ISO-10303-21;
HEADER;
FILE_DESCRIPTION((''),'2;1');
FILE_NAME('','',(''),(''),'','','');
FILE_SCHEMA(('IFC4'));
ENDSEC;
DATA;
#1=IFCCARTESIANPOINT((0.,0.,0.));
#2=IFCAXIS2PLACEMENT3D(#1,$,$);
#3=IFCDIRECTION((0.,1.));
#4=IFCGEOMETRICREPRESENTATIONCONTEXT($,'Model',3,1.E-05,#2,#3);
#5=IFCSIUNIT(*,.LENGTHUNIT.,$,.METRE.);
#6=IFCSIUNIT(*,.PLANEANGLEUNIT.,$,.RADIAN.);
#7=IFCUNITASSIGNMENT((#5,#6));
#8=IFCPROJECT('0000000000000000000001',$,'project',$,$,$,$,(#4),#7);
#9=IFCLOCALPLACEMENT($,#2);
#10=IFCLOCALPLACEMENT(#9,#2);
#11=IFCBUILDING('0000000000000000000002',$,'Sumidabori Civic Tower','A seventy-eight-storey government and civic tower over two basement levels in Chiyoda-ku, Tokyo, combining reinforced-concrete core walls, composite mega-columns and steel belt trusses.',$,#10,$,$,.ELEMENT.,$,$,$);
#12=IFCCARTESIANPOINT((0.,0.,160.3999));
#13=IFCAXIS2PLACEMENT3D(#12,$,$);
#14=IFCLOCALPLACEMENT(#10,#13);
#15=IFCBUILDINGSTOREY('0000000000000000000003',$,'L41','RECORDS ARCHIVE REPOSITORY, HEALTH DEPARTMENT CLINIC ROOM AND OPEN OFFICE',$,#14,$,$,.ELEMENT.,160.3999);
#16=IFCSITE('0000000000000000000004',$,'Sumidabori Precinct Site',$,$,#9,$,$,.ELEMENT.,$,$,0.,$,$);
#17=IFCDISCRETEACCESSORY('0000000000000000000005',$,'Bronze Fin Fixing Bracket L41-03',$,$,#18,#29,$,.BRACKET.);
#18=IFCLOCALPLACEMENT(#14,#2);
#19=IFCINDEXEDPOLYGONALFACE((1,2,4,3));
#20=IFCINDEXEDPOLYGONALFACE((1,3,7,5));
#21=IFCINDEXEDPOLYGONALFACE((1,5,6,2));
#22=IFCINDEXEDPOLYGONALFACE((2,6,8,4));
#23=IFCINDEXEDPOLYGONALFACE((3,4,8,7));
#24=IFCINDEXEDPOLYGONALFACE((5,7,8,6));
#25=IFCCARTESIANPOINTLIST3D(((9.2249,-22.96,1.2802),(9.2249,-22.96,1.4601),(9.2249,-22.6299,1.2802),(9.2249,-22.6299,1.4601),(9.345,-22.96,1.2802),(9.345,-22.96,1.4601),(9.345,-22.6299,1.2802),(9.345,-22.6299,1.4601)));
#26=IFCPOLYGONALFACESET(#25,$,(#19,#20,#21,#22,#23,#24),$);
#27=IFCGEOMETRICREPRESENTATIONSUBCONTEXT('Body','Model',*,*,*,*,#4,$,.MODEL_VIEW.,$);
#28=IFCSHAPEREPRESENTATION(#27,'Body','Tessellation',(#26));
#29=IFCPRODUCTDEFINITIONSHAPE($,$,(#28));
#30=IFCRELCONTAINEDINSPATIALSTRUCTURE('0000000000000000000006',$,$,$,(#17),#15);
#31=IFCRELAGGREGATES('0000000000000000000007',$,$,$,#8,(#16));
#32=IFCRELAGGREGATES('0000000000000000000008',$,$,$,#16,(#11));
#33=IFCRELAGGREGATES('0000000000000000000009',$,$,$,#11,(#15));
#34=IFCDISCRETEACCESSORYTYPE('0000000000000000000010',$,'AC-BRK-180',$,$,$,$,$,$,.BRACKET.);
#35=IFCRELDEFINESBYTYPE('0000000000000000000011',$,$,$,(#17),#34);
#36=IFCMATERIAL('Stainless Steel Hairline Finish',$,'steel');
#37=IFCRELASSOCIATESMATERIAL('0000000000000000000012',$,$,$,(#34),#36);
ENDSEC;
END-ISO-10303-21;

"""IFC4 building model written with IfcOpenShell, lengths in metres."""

from ifc_helpers import new_model, si_unit, direction, frame, origin, origin_2d, place, context, subcontext, project, spatial, rectangle, extrude, source, transform, mapped, material, material_profile, profile_set, type_object, element, save


model = new_model("IFC4")

# Units and contexts
model_context = context("Model", 3, precision=1e-05, world=origin(), true_north=direction((0.0, 1.0)))
body_context = subcontext(model_context, "Body", "Model", "MODEL_VIEW")
ifc_project = project(units=[si_unit("LENGTHUNIT", "METRE"), si_unit("PLANEANGLEUNIT", "RADIAN")], contexts=[model_context])

# Site, building, storey
site_placement = place(None, origin())
site = spatial("IfcSite", under=ifc_project, at=site_placement, Name="Sumidabori Precinct Site", CompositionType="ELEMENT", RefElevation=0.0)
building_placement = place(site_placement, origin())
building = spatial("IfcBuilding", under=site, at=building_placement, Name="Sumidabori Civic Tower", Description="A seventy-eight-storey government and civic tower over two basement levels in Chiyoda-ku, Tokyo, combining reinforced-concrete core walls, composite mega-columns and steel belt trusses.", CompositionType="ELEMENT")
storey_placement = place(building_placement, frame((0.0, 0.0, 160.3999)))
storey = spatial("IfcBuildingStorey", under=building, at=storey_placement, Name="L41", Description="RECORDS ARCHIVE REPOSITORY, HEALTH DEPARTMENT CLINIC ROOM AND OPEN OFFICE", CompositionType="ELEMENT", Elevation=160.3999)

# Discrete accessory
ifc_material_1 = material(Name="Stainless Steel Hairline Finish", Category="steel")
ifc_material_profile_1 = material_profile(ifc_material_1, rectangle(XDim=0.1201, YDim=0.1799, at=origin_2d()), Name="STEEL BRACKET 180x120")
ifc_profile_set_1 = profile_set([ifc_material_profile_1], Name="Stainless Steel Hairline Finish")
discrete_accessory_type = type_object("IfcDiscreteAccessoryType", Name="AC-BRK-180", PredefinedType="BRACKET", material=ifc_profile_set_1)
shared_shape_1 = source(origin(), body_context, "Body", "SweptSolid", [
    extrude(rectangle(XDim=0.1201, YDim=0.1799, at=origin_2d()), origin(), (0.0, 0.0, 1.0), 0.3301),
])
discrete_accessory_placement = place(storey_placement, frame((9.2849, -22.6299, 1.3701), z_axis=(0.0, -1.0, 0.0), x_axis=(1.0, 0.0, 0.0)))
element("IfcDiscreteAccessory", 1, at=discrete_accessory_placement, inside=storey, type_object=discrete_accessory_type, Name="Bronze Fin Fixing Bracket L41-03", PredefinedType="BRACKET", context=body_context, shape_type="MappedRepresentation", body=[
    mapped(shared_shape_1, transform((0.0, 0.0, 0.0), x_axis=(1.0, 0.0, 0.0), y_axis=(0.0, 1.0, 0.0), z_axis=(0.0, 0.0, 1.0), scale=1.0)),
])

save(model, "model.ifc")
